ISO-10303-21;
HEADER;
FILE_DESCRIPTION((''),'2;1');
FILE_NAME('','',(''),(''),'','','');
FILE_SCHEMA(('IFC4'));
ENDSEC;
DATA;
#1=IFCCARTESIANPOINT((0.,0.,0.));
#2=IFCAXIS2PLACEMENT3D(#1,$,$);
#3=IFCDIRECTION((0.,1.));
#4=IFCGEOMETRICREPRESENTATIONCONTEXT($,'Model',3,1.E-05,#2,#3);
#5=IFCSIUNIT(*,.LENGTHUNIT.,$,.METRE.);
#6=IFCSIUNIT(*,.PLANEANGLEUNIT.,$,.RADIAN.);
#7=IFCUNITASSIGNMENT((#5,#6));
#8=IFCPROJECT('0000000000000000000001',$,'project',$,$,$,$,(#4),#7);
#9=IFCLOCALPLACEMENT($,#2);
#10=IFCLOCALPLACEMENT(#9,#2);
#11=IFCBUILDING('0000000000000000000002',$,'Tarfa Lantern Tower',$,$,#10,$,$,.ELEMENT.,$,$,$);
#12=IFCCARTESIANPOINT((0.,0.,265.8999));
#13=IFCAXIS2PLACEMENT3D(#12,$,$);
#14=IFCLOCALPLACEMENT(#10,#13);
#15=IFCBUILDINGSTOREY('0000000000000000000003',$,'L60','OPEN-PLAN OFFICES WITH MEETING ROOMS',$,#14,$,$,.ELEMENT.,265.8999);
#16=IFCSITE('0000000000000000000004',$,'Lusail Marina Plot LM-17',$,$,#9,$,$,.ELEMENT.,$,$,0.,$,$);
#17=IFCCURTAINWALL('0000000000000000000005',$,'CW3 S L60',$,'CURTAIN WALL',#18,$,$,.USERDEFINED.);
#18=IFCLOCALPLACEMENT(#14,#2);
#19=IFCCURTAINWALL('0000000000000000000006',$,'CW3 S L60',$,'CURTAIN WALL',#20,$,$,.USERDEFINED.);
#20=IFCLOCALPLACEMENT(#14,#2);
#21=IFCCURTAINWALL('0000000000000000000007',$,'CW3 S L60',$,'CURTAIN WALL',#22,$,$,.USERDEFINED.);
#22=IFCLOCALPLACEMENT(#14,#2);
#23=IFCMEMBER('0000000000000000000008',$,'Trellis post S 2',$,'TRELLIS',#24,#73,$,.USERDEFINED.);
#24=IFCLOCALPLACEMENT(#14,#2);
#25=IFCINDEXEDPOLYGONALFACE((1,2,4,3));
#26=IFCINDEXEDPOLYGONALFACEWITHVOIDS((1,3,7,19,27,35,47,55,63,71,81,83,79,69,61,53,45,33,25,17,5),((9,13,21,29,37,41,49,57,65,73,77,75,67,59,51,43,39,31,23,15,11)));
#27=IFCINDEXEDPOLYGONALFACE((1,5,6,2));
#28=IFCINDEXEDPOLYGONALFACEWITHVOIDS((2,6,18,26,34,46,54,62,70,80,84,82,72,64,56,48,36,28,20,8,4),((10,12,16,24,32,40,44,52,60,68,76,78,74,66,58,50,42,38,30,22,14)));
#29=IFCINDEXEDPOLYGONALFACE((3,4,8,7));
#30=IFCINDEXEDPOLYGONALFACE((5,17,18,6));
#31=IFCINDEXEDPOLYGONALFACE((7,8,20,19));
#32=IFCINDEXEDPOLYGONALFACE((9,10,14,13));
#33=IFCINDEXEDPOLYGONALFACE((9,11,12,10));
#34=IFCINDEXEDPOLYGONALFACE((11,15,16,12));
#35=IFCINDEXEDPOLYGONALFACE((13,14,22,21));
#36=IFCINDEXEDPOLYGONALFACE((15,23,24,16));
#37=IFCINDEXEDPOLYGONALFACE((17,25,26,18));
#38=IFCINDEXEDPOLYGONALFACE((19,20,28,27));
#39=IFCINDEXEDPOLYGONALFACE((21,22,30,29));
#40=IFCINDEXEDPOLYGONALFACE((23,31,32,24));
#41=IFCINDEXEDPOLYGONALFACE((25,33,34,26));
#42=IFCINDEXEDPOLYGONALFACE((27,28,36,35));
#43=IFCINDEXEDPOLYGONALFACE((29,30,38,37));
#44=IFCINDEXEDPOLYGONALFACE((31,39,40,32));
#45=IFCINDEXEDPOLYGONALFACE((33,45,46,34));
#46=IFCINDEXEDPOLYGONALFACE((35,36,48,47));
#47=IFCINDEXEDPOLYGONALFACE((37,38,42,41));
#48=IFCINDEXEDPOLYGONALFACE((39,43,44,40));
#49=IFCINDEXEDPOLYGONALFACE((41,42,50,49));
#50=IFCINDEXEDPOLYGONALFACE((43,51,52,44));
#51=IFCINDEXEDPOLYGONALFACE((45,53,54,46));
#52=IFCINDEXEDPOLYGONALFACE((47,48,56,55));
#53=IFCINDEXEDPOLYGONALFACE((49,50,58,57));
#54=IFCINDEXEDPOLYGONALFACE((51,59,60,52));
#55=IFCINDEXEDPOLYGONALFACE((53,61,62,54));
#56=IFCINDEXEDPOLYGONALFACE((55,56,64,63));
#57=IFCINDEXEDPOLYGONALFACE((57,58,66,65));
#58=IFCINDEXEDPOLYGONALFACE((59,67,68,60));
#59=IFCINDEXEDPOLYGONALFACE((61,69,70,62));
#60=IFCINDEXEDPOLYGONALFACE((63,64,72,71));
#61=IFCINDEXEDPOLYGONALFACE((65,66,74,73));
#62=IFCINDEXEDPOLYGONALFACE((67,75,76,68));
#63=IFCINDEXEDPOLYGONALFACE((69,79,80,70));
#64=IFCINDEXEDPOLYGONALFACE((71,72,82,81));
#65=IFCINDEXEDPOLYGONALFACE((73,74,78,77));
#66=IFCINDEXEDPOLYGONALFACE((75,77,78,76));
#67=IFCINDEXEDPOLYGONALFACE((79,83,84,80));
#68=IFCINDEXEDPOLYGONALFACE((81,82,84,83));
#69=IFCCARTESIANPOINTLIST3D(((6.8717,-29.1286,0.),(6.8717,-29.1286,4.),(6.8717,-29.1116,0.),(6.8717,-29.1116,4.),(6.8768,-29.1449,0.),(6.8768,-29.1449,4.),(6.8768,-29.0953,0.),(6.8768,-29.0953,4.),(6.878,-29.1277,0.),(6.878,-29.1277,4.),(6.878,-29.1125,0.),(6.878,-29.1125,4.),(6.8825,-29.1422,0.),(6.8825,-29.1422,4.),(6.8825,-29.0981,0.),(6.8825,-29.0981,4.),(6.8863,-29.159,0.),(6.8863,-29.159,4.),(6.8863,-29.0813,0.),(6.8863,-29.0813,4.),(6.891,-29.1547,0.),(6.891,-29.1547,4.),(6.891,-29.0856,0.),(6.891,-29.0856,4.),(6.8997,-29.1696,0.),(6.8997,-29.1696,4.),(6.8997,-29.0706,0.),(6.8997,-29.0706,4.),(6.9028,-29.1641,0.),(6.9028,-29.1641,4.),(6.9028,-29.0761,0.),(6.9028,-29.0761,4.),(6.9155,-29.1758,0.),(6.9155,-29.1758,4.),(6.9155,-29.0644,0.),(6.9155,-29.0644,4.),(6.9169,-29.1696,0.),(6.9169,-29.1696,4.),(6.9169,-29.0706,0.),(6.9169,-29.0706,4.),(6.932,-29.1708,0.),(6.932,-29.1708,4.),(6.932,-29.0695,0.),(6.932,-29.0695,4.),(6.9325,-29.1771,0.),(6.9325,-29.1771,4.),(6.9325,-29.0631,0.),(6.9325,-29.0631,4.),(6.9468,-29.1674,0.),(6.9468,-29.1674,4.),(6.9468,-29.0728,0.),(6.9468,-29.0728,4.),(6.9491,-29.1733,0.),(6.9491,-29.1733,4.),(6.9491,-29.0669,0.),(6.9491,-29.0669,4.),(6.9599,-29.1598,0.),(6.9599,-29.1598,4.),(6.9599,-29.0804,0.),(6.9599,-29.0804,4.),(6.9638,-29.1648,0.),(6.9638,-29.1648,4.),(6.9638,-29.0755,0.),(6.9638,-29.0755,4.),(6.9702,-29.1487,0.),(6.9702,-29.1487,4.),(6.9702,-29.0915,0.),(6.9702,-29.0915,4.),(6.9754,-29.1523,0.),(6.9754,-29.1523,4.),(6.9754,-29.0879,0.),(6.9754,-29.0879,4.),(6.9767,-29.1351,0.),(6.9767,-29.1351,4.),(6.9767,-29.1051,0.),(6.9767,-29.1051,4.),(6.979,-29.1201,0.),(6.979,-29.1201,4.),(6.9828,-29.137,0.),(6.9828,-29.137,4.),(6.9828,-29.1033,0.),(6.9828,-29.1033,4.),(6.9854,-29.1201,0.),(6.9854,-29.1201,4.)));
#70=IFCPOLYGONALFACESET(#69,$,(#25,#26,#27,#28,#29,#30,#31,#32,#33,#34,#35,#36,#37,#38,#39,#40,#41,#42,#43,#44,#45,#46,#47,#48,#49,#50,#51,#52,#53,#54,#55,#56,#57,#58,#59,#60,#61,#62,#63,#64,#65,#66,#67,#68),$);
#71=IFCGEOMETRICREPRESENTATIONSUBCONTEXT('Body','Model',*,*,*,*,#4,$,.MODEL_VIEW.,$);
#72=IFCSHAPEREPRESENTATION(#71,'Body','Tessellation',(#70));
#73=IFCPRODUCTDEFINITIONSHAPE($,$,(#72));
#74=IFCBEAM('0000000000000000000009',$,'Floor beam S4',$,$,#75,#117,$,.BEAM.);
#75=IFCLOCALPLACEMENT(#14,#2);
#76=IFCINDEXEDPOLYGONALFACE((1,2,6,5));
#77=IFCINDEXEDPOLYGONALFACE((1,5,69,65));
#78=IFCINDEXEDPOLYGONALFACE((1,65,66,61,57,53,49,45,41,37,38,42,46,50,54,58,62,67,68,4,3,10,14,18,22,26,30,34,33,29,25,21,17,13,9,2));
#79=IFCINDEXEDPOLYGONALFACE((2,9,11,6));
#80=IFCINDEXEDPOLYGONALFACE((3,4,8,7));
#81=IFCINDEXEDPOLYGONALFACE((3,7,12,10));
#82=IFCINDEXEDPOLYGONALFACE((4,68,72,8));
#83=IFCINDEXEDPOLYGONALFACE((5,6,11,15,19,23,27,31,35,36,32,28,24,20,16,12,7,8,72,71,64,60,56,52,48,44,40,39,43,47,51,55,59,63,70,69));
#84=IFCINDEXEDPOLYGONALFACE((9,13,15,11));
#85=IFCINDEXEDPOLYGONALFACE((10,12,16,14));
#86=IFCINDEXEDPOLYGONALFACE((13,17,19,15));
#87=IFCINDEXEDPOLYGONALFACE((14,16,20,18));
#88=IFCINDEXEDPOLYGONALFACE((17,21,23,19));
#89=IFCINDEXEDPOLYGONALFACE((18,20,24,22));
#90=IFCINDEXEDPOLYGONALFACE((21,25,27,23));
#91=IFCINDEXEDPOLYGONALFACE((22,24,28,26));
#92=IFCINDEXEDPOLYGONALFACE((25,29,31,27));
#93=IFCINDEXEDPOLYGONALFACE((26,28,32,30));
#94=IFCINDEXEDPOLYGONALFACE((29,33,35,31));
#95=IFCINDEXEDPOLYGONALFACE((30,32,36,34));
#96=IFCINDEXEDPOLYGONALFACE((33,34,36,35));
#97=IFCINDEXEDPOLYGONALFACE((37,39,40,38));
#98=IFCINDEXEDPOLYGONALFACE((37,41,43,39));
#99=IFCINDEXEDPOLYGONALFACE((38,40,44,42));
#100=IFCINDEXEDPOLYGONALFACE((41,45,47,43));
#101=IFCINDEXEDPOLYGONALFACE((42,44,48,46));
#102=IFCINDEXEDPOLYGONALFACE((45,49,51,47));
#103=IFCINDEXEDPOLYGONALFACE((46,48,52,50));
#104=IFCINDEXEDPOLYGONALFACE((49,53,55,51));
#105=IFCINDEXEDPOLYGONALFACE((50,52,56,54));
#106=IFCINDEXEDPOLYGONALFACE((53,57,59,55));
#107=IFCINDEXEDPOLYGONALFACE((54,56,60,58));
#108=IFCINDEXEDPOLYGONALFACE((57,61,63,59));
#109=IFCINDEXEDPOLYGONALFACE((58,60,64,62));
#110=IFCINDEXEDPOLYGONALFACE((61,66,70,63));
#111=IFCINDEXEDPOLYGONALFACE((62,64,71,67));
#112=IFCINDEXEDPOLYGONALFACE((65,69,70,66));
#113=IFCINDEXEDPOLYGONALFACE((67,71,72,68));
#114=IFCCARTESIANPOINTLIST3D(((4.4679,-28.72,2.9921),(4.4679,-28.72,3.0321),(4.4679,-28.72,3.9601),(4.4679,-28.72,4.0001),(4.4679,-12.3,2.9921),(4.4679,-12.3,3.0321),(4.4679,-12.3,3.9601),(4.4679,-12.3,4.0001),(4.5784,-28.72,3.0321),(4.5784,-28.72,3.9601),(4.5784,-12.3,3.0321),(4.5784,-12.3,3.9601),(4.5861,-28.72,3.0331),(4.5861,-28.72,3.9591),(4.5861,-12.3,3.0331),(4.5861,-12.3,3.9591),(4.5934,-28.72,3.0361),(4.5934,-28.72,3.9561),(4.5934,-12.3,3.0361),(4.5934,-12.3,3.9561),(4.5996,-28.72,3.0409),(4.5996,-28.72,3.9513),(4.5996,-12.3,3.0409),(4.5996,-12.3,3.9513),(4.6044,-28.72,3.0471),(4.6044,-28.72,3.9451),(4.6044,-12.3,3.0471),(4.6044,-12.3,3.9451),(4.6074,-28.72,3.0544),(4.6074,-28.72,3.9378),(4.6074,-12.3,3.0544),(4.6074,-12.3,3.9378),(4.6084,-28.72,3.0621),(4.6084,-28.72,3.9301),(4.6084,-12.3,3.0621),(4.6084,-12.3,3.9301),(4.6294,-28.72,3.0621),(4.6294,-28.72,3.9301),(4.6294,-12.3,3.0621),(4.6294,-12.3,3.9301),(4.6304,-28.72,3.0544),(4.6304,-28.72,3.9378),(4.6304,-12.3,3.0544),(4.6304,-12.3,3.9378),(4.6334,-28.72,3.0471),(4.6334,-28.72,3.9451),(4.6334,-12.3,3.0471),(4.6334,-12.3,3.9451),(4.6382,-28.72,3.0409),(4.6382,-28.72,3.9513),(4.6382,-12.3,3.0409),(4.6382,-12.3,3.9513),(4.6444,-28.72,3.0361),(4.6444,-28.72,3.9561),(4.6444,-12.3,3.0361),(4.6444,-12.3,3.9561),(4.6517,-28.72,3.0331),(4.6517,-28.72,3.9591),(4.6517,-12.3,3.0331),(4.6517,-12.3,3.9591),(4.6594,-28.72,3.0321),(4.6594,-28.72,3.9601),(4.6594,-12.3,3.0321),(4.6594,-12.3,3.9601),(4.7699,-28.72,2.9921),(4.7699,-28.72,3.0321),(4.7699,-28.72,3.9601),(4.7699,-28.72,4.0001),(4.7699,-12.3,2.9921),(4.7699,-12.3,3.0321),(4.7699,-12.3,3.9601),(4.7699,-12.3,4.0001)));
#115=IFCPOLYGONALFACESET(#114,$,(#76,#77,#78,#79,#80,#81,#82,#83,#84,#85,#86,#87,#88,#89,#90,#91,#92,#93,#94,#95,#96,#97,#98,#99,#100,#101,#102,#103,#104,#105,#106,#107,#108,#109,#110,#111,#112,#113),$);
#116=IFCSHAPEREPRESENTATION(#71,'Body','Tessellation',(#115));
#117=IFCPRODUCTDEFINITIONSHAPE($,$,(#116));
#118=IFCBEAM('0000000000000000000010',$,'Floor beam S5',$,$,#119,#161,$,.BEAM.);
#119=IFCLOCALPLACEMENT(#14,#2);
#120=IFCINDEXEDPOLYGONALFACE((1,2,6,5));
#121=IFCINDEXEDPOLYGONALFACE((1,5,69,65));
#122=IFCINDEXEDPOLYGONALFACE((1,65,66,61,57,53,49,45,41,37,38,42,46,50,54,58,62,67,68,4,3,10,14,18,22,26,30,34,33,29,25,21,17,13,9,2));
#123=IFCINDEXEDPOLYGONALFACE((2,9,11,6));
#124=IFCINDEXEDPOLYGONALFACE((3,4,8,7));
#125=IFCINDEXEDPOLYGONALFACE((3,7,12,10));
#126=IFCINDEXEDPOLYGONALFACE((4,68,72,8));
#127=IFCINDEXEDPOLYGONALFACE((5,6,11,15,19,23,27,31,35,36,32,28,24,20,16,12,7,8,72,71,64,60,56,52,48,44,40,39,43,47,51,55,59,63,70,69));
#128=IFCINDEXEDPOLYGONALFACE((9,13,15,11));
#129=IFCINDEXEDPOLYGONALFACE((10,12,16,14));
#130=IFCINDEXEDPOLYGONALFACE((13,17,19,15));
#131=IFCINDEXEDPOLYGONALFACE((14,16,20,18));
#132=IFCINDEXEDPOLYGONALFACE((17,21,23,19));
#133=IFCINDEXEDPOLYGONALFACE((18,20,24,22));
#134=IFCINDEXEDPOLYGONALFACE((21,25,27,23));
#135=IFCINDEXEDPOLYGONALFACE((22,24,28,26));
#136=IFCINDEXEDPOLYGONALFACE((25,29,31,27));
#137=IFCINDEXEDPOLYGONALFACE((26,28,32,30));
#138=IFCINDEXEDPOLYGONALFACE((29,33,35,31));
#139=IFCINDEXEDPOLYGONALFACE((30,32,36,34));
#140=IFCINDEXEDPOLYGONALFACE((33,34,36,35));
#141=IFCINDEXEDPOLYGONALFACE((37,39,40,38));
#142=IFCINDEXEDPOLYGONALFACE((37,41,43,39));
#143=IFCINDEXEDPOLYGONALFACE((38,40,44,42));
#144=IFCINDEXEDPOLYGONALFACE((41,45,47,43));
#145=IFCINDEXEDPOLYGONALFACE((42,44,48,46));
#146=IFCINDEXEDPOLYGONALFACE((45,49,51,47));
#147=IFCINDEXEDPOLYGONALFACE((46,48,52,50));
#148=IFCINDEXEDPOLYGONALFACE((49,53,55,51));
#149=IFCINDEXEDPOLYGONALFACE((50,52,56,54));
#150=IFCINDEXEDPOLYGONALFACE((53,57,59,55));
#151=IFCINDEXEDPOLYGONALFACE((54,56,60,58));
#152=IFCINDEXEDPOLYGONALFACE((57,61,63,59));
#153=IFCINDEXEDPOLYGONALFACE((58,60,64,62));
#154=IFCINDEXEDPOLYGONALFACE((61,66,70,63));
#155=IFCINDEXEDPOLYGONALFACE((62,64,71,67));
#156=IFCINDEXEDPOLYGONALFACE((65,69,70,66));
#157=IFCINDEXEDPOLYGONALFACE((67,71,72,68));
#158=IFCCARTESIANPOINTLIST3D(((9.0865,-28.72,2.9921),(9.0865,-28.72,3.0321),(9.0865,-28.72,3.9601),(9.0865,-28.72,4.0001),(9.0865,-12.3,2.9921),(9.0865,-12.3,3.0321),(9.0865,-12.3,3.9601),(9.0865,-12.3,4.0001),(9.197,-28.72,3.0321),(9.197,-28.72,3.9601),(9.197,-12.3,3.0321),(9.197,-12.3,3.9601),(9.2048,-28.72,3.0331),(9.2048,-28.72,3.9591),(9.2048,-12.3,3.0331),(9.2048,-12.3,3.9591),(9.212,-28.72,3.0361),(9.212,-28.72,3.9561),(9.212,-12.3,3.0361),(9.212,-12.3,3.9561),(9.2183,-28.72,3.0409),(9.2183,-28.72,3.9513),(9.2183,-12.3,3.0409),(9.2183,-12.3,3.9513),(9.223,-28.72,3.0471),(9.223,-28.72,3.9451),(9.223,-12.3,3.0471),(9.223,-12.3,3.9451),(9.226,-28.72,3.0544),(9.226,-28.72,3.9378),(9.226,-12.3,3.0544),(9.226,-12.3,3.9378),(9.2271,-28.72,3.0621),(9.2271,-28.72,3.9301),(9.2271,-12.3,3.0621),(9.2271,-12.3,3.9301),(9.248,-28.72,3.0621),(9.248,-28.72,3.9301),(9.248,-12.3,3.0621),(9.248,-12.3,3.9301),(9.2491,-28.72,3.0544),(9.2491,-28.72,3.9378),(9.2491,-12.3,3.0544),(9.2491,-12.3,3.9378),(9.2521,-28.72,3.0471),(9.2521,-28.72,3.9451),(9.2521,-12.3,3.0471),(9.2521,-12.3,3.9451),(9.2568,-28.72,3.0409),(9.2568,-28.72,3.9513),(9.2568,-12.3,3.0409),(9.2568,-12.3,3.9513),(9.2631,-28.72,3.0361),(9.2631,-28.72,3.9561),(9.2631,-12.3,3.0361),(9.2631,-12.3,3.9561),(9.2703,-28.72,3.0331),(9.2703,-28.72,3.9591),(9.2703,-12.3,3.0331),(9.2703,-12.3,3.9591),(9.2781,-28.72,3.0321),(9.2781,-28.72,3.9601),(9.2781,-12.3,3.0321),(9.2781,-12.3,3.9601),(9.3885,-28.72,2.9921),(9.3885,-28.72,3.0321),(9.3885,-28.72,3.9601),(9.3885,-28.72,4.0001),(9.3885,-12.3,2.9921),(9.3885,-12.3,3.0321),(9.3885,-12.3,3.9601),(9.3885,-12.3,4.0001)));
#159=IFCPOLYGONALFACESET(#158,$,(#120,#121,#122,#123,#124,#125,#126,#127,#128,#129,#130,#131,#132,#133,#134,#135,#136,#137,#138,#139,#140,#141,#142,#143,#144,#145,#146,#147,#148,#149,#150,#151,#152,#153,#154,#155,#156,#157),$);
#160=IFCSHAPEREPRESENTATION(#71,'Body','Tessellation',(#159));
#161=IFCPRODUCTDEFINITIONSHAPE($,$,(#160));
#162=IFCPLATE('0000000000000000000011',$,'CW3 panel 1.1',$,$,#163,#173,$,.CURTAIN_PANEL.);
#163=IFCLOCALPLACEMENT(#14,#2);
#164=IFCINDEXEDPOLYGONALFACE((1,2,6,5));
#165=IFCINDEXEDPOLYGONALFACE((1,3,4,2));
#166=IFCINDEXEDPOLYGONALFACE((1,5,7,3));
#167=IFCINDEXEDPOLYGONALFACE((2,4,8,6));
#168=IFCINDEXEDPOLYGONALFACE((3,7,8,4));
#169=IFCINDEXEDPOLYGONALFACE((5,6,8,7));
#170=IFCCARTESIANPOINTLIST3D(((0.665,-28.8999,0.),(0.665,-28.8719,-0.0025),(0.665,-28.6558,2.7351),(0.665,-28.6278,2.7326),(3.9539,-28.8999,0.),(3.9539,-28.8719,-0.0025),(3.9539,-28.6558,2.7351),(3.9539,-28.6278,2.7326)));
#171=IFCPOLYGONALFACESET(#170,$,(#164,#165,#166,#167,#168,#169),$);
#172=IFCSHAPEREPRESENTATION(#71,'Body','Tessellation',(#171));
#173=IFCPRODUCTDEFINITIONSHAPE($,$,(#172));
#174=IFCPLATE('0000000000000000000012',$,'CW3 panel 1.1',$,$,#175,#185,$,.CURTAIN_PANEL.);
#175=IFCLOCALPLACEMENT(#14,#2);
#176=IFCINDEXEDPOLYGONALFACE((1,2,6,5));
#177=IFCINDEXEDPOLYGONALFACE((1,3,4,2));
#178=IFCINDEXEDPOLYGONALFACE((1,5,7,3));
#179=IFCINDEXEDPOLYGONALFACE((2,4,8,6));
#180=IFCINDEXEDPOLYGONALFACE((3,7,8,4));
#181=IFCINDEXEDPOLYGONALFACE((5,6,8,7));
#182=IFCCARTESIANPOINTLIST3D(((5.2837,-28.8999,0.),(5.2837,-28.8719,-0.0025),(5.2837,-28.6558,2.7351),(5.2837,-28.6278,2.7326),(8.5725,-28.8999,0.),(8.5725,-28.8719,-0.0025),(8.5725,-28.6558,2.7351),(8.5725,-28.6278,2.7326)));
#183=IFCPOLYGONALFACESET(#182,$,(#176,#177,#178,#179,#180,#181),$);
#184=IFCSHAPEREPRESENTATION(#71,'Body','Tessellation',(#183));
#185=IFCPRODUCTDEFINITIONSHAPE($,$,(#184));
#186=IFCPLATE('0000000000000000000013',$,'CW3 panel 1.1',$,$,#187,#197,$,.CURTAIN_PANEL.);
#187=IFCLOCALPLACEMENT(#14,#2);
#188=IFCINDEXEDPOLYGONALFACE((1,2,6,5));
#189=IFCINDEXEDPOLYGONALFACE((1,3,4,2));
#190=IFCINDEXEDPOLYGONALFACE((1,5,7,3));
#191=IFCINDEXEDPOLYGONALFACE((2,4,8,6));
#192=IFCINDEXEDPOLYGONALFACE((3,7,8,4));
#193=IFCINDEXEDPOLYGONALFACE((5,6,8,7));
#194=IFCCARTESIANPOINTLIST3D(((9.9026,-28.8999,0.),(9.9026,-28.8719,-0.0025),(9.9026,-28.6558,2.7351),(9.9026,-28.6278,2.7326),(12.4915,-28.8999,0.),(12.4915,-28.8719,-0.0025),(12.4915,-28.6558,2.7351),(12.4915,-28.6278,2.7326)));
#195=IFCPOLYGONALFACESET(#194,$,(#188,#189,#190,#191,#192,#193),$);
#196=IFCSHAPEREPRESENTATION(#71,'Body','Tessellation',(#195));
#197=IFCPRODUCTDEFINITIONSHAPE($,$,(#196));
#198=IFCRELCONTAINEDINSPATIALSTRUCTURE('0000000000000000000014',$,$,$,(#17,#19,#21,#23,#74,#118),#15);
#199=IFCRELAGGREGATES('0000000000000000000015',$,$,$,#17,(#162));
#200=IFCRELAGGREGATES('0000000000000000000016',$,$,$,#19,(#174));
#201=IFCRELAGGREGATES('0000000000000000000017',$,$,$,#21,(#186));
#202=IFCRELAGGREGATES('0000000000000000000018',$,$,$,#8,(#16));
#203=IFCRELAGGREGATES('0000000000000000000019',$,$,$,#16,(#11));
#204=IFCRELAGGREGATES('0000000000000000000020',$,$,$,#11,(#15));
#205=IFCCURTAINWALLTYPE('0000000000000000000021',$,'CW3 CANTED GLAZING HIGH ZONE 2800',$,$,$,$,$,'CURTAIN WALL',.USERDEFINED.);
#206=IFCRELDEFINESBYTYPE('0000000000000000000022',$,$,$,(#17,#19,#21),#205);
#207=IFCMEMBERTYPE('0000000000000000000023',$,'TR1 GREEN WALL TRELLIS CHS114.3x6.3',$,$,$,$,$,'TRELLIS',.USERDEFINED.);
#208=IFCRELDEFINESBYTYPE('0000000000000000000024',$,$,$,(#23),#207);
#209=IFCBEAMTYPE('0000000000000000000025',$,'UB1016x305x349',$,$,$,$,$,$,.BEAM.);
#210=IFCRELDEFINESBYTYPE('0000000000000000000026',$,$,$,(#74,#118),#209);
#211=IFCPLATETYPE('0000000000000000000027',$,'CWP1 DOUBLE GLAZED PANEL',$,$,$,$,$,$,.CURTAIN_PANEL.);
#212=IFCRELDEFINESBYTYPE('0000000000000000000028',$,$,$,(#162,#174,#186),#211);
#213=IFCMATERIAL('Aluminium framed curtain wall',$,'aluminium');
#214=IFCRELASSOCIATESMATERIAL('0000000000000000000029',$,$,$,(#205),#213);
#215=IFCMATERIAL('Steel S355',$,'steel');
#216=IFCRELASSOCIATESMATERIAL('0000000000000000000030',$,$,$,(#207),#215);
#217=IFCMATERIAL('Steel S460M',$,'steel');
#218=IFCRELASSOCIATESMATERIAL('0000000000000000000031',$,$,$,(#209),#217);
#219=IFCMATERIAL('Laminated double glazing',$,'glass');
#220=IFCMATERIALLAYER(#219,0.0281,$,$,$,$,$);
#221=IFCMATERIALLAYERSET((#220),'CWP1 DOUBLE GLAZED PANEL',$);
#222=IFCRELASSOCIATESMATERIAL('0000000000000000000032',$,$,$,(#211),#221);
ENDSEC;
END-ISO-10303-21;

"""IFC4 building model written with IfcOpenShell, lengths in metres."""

from ifc_helpers import new_model, si_unit, direction, frame, origin, origin_2d, place, context, subcontext, project, spatial, polyline, hollow_circle, i_section, outline, extrude, material, layer, layer_set, material_profile, profile_set, type_object, element, aggregate, save


model = new_model("IFC4")

# Units and contexts
model_context = context("Model", 3, precision=1e-05, world=origin(), true_north=direction((0.0, 1.0)))
body_context = subcontext(model_context, "Body", "Model", "MODEL_VIEW")
ifc_project = project(units=[si_unit("LENGTHUNIT", "METRE"), si_unit("PLANEANGLEUNIT", "RADIAN")], contexts=[model_context])

# Site, building, storey
site_placement = place(None, origin())
site = spatial("IfcSite", under=ifc_project, at=site_placement, Name="Lusail Marina Plot LM-17", CompositionType="ELEMENT", RefElevation=0.0)
building_placement = place(site_placement, origin())
building = spatial("IfcBuilding", under=site, at=building_placement, Name="Tarfa Lantern Tower", CompositionType="ELEMENT")
storey_placement = place(building_placement, frame((0.0, 0.0, 265.8999)))
storey = spatial("IfcBuildingStorey", under=building, at=storey_placement, Name="L60", Description="OPEN-PLAN OFFICES WITH MEETING ROOMS", CompositionType="ELEMENT", Elevation=265.8999)

# Curtain walls
ifc_material_1 = material(Name="Aluminium framed curtain wall", Category="aluminium")
curtain_wall_type = type_object("IfcCurtainWallType", Name="CW3 CANTED GLAZING HIGH ZONE 2800", ElementType="CURTAIN WALL", PredefinedType="USERDEFINED", material=ifc_material_1)
curtain_wall_1_placement = place(storey_placement, origin())
curtain_wall_1 = element("IfcCurtainWall", 1, at=curtain_wall_1_placement, inside=storey, type_object=curtain_wall_type, Name="CW3 S L60", ObjectType="CURTAIN WALL", PredefinedType="USERDEFINED")
curtain_wall_2_placement = place(storey_placement, origin())
curtain_wall_2 = element("IfcCurtainWall", 2, at=curtain_wall_2_placement, inside=storey, type_object=curtain_wall_type, Name="CW3 S L60", ObjectType="CURTAIN WALL", PredefinedType="USERDEFINED")
curtain_wall_3_placement = place(storey_placement, origin())
curtain_wall_3 = element("IfcCurtainWall", 3, at=curtain_wall_3_placement, inside=storey, type_object=curtain_wall_type, Name="CW3 S L60", ObjectType="CURTAIN WALL", PredefinedType="USERDEFINED")

# Member
ifc_material_2 = material(Name="Steel S355", Category="steel")
ifc_material_profile_1 = material_profile(ifc_material_2, hollow_circle(Radius=0.0571, WallThickness=0.0063, at=origin_2d()), Name="CHS114.3x6.3")
ifc_profile_set_1 = profile_set([ifc_material_profile_1], Name="Steel S355")
member_type_1 = type_object("IfcMemberType", Name="TR1 GREEN WALL TRELLIS CHS114.3x6.3", ElementType="TRELLIS", PredefinedType="USERDEFINED", material=ifc_profile_set_1)
member_1_placement = place(storey_placement, frame((6.9282, -29.1201, 0.0), z_axis=(0.0, 0.0, 1.0), x_axis=(1.0, 0.0, 0.0)))
element("IfcMember", 4, at=member_1_placement, inside=storey, type_object=member_type_1, Name="Trellis post S 2", ObjectType="TRELLIS", PredefinedType="USERDEFINED", context=body_context, shape_type="SweptSolid", body=[
    extrude(hollow_circle(Radius=0.0571, WallThickness=0.0063, at=origin_2d()), origin(), (0.0, 0.0, 1.0), 4.0),
])

# Beams
ifc_material_3 = material(Name="Steel S460M", Category="steel")
ifc_material_profile_2 = material_profile(ifc_material_3, i_section(OverallWidth=0.302, OverallDepth=1.0081, WebThickness=0.021, FlangeThickness=0.04, FilletRadius=0.03, at=origin_2d()), Name="UB1016x305x349")
ifc_profile_set_2 = profile_set([ifc_material_profile_2], Name="Steel S460M")
beam_type_1 = type_object("IfcBeamType", Name="UB1016x305x349", PredefinedType="BEAM", material=ifc_profile_set_2)
for number, where, z_axis, x_axis, name in (
    (5, (4.6189, -28.72, 3.4961), (0.0, 1.0, 0.0), (-1.0, 0.0, 0.0), "Floor beam S4"),
    (6, (9.2375, -28.72, 3.4961), (0.0, 1.0, 0.0), (-1.0, 0.0, 0.0), "Floor beam S5"),
):
    element("IfcBeam", number, at=place(storey_placement, frame(where, z_axis=z_axis, x_axis=x_axis)), inside=storey, type_object=beam_type_1, Name=name, PredefinedType="BEAM", context=body_context, shape_type="SweptSolid", body=[
        extrude(i_section(OverallWidth=0.302, OverallDepth=1.0081, WebThickness=0.021, FlangeThickness=0.04, FilletRadius=0.03, at=origin_2d()), origin(), (0.0, 0.0, 1.0), 16.4199),
    ])

# Plates
ifc_material_4 = material(Name="Laminated double glazing", Category="glass")
ifc_layer_1 = layer(ifc_material_4, 0.0281)
ifc_layer_set_1 = layer_set([ifc_layer_1], Name="CWP1 DOUBLE GLAZED PANEL")
plate_type = type_object("IfcPlateType", Name="CWP1 DOUBLE GLAZED PANEL", PredefinedType="CURTAIN_PANEL", material=ifc_layer_set_1)
plate_1_placement = place(storey_placement, frame((0.665, -28.8999, 0.0), z_axis=(0.0, -0.99604, 0.088908), x_axis=(1.0, 0.0, 0.0)))
plate_1 = element("IfcPlate", 7, at=plate_1_placement, type_object=plate_type, Name="CW3 panel 1.1", PredefinedType="CURTAIN_PANEL", context=body_context, shape_type="SweptSolid", body=[
    extrude(outline(polyline([(0.0, 0.0), (3.2888, 0.0), (3.2888, 2.746), (0.0, 2.746), (0.0, 0.0)])), origin(), (0.0, 0.0, -1.0), 0.0281),
])
aggregate(curtain_wall_1, [plate_1])
plate_2_placement = place(storey_placement, frame((5.2837, -28.8999, 0.0), z_axis=(0.0, -0.99604, 0.088908), x_axis=(1.0, 0.0, 0.0)))
plate_2 = element("IfcPlate", 8, at=plate_2_placement, type_object=plate_type, Name="CW3 panel 1.1", PredefinedType="CURTAIN_PANEL", context=body_context, shape_type="SweptSolid", body=[
    extrude(outline(polyline([(0.0, 0.0), (3.2888, 0.0), (3.2888, 2.746), (0.0, 2.746), (0.0, 0.0)])), origin(), (0.0, 0.0, -1.0), 0.0281),
])
aggregate(curtain_wall_2, [plate_2])
plate_3_placement = place(storey_placement, frame((9.9026, -28.8999, 0.0), z_axis=(0.0, -0.99604, 0.088908), x_axis=(1.0, 0.0, 0.0)))
plate_3 = element("IfcPlate", 9, at=plate_3_placement, type_object=plate_type, Name="CW3 panel 1.1", PredefinedType="CURTAIN_PANEL", context=body_context, shape_type="SweptSolid", body=[
    extrude(outline(polyline([(0.0, 0.0), (2.5889, 0.0), (2.5889, 2.746), (0.0, 2.746), (0.0, 0.0)])), origin(), (0.0, 0.0, -1.0), 0.0281),
])
aggregate(curtain_wall_3, [plate_3])

save(model, "model.ifc")
